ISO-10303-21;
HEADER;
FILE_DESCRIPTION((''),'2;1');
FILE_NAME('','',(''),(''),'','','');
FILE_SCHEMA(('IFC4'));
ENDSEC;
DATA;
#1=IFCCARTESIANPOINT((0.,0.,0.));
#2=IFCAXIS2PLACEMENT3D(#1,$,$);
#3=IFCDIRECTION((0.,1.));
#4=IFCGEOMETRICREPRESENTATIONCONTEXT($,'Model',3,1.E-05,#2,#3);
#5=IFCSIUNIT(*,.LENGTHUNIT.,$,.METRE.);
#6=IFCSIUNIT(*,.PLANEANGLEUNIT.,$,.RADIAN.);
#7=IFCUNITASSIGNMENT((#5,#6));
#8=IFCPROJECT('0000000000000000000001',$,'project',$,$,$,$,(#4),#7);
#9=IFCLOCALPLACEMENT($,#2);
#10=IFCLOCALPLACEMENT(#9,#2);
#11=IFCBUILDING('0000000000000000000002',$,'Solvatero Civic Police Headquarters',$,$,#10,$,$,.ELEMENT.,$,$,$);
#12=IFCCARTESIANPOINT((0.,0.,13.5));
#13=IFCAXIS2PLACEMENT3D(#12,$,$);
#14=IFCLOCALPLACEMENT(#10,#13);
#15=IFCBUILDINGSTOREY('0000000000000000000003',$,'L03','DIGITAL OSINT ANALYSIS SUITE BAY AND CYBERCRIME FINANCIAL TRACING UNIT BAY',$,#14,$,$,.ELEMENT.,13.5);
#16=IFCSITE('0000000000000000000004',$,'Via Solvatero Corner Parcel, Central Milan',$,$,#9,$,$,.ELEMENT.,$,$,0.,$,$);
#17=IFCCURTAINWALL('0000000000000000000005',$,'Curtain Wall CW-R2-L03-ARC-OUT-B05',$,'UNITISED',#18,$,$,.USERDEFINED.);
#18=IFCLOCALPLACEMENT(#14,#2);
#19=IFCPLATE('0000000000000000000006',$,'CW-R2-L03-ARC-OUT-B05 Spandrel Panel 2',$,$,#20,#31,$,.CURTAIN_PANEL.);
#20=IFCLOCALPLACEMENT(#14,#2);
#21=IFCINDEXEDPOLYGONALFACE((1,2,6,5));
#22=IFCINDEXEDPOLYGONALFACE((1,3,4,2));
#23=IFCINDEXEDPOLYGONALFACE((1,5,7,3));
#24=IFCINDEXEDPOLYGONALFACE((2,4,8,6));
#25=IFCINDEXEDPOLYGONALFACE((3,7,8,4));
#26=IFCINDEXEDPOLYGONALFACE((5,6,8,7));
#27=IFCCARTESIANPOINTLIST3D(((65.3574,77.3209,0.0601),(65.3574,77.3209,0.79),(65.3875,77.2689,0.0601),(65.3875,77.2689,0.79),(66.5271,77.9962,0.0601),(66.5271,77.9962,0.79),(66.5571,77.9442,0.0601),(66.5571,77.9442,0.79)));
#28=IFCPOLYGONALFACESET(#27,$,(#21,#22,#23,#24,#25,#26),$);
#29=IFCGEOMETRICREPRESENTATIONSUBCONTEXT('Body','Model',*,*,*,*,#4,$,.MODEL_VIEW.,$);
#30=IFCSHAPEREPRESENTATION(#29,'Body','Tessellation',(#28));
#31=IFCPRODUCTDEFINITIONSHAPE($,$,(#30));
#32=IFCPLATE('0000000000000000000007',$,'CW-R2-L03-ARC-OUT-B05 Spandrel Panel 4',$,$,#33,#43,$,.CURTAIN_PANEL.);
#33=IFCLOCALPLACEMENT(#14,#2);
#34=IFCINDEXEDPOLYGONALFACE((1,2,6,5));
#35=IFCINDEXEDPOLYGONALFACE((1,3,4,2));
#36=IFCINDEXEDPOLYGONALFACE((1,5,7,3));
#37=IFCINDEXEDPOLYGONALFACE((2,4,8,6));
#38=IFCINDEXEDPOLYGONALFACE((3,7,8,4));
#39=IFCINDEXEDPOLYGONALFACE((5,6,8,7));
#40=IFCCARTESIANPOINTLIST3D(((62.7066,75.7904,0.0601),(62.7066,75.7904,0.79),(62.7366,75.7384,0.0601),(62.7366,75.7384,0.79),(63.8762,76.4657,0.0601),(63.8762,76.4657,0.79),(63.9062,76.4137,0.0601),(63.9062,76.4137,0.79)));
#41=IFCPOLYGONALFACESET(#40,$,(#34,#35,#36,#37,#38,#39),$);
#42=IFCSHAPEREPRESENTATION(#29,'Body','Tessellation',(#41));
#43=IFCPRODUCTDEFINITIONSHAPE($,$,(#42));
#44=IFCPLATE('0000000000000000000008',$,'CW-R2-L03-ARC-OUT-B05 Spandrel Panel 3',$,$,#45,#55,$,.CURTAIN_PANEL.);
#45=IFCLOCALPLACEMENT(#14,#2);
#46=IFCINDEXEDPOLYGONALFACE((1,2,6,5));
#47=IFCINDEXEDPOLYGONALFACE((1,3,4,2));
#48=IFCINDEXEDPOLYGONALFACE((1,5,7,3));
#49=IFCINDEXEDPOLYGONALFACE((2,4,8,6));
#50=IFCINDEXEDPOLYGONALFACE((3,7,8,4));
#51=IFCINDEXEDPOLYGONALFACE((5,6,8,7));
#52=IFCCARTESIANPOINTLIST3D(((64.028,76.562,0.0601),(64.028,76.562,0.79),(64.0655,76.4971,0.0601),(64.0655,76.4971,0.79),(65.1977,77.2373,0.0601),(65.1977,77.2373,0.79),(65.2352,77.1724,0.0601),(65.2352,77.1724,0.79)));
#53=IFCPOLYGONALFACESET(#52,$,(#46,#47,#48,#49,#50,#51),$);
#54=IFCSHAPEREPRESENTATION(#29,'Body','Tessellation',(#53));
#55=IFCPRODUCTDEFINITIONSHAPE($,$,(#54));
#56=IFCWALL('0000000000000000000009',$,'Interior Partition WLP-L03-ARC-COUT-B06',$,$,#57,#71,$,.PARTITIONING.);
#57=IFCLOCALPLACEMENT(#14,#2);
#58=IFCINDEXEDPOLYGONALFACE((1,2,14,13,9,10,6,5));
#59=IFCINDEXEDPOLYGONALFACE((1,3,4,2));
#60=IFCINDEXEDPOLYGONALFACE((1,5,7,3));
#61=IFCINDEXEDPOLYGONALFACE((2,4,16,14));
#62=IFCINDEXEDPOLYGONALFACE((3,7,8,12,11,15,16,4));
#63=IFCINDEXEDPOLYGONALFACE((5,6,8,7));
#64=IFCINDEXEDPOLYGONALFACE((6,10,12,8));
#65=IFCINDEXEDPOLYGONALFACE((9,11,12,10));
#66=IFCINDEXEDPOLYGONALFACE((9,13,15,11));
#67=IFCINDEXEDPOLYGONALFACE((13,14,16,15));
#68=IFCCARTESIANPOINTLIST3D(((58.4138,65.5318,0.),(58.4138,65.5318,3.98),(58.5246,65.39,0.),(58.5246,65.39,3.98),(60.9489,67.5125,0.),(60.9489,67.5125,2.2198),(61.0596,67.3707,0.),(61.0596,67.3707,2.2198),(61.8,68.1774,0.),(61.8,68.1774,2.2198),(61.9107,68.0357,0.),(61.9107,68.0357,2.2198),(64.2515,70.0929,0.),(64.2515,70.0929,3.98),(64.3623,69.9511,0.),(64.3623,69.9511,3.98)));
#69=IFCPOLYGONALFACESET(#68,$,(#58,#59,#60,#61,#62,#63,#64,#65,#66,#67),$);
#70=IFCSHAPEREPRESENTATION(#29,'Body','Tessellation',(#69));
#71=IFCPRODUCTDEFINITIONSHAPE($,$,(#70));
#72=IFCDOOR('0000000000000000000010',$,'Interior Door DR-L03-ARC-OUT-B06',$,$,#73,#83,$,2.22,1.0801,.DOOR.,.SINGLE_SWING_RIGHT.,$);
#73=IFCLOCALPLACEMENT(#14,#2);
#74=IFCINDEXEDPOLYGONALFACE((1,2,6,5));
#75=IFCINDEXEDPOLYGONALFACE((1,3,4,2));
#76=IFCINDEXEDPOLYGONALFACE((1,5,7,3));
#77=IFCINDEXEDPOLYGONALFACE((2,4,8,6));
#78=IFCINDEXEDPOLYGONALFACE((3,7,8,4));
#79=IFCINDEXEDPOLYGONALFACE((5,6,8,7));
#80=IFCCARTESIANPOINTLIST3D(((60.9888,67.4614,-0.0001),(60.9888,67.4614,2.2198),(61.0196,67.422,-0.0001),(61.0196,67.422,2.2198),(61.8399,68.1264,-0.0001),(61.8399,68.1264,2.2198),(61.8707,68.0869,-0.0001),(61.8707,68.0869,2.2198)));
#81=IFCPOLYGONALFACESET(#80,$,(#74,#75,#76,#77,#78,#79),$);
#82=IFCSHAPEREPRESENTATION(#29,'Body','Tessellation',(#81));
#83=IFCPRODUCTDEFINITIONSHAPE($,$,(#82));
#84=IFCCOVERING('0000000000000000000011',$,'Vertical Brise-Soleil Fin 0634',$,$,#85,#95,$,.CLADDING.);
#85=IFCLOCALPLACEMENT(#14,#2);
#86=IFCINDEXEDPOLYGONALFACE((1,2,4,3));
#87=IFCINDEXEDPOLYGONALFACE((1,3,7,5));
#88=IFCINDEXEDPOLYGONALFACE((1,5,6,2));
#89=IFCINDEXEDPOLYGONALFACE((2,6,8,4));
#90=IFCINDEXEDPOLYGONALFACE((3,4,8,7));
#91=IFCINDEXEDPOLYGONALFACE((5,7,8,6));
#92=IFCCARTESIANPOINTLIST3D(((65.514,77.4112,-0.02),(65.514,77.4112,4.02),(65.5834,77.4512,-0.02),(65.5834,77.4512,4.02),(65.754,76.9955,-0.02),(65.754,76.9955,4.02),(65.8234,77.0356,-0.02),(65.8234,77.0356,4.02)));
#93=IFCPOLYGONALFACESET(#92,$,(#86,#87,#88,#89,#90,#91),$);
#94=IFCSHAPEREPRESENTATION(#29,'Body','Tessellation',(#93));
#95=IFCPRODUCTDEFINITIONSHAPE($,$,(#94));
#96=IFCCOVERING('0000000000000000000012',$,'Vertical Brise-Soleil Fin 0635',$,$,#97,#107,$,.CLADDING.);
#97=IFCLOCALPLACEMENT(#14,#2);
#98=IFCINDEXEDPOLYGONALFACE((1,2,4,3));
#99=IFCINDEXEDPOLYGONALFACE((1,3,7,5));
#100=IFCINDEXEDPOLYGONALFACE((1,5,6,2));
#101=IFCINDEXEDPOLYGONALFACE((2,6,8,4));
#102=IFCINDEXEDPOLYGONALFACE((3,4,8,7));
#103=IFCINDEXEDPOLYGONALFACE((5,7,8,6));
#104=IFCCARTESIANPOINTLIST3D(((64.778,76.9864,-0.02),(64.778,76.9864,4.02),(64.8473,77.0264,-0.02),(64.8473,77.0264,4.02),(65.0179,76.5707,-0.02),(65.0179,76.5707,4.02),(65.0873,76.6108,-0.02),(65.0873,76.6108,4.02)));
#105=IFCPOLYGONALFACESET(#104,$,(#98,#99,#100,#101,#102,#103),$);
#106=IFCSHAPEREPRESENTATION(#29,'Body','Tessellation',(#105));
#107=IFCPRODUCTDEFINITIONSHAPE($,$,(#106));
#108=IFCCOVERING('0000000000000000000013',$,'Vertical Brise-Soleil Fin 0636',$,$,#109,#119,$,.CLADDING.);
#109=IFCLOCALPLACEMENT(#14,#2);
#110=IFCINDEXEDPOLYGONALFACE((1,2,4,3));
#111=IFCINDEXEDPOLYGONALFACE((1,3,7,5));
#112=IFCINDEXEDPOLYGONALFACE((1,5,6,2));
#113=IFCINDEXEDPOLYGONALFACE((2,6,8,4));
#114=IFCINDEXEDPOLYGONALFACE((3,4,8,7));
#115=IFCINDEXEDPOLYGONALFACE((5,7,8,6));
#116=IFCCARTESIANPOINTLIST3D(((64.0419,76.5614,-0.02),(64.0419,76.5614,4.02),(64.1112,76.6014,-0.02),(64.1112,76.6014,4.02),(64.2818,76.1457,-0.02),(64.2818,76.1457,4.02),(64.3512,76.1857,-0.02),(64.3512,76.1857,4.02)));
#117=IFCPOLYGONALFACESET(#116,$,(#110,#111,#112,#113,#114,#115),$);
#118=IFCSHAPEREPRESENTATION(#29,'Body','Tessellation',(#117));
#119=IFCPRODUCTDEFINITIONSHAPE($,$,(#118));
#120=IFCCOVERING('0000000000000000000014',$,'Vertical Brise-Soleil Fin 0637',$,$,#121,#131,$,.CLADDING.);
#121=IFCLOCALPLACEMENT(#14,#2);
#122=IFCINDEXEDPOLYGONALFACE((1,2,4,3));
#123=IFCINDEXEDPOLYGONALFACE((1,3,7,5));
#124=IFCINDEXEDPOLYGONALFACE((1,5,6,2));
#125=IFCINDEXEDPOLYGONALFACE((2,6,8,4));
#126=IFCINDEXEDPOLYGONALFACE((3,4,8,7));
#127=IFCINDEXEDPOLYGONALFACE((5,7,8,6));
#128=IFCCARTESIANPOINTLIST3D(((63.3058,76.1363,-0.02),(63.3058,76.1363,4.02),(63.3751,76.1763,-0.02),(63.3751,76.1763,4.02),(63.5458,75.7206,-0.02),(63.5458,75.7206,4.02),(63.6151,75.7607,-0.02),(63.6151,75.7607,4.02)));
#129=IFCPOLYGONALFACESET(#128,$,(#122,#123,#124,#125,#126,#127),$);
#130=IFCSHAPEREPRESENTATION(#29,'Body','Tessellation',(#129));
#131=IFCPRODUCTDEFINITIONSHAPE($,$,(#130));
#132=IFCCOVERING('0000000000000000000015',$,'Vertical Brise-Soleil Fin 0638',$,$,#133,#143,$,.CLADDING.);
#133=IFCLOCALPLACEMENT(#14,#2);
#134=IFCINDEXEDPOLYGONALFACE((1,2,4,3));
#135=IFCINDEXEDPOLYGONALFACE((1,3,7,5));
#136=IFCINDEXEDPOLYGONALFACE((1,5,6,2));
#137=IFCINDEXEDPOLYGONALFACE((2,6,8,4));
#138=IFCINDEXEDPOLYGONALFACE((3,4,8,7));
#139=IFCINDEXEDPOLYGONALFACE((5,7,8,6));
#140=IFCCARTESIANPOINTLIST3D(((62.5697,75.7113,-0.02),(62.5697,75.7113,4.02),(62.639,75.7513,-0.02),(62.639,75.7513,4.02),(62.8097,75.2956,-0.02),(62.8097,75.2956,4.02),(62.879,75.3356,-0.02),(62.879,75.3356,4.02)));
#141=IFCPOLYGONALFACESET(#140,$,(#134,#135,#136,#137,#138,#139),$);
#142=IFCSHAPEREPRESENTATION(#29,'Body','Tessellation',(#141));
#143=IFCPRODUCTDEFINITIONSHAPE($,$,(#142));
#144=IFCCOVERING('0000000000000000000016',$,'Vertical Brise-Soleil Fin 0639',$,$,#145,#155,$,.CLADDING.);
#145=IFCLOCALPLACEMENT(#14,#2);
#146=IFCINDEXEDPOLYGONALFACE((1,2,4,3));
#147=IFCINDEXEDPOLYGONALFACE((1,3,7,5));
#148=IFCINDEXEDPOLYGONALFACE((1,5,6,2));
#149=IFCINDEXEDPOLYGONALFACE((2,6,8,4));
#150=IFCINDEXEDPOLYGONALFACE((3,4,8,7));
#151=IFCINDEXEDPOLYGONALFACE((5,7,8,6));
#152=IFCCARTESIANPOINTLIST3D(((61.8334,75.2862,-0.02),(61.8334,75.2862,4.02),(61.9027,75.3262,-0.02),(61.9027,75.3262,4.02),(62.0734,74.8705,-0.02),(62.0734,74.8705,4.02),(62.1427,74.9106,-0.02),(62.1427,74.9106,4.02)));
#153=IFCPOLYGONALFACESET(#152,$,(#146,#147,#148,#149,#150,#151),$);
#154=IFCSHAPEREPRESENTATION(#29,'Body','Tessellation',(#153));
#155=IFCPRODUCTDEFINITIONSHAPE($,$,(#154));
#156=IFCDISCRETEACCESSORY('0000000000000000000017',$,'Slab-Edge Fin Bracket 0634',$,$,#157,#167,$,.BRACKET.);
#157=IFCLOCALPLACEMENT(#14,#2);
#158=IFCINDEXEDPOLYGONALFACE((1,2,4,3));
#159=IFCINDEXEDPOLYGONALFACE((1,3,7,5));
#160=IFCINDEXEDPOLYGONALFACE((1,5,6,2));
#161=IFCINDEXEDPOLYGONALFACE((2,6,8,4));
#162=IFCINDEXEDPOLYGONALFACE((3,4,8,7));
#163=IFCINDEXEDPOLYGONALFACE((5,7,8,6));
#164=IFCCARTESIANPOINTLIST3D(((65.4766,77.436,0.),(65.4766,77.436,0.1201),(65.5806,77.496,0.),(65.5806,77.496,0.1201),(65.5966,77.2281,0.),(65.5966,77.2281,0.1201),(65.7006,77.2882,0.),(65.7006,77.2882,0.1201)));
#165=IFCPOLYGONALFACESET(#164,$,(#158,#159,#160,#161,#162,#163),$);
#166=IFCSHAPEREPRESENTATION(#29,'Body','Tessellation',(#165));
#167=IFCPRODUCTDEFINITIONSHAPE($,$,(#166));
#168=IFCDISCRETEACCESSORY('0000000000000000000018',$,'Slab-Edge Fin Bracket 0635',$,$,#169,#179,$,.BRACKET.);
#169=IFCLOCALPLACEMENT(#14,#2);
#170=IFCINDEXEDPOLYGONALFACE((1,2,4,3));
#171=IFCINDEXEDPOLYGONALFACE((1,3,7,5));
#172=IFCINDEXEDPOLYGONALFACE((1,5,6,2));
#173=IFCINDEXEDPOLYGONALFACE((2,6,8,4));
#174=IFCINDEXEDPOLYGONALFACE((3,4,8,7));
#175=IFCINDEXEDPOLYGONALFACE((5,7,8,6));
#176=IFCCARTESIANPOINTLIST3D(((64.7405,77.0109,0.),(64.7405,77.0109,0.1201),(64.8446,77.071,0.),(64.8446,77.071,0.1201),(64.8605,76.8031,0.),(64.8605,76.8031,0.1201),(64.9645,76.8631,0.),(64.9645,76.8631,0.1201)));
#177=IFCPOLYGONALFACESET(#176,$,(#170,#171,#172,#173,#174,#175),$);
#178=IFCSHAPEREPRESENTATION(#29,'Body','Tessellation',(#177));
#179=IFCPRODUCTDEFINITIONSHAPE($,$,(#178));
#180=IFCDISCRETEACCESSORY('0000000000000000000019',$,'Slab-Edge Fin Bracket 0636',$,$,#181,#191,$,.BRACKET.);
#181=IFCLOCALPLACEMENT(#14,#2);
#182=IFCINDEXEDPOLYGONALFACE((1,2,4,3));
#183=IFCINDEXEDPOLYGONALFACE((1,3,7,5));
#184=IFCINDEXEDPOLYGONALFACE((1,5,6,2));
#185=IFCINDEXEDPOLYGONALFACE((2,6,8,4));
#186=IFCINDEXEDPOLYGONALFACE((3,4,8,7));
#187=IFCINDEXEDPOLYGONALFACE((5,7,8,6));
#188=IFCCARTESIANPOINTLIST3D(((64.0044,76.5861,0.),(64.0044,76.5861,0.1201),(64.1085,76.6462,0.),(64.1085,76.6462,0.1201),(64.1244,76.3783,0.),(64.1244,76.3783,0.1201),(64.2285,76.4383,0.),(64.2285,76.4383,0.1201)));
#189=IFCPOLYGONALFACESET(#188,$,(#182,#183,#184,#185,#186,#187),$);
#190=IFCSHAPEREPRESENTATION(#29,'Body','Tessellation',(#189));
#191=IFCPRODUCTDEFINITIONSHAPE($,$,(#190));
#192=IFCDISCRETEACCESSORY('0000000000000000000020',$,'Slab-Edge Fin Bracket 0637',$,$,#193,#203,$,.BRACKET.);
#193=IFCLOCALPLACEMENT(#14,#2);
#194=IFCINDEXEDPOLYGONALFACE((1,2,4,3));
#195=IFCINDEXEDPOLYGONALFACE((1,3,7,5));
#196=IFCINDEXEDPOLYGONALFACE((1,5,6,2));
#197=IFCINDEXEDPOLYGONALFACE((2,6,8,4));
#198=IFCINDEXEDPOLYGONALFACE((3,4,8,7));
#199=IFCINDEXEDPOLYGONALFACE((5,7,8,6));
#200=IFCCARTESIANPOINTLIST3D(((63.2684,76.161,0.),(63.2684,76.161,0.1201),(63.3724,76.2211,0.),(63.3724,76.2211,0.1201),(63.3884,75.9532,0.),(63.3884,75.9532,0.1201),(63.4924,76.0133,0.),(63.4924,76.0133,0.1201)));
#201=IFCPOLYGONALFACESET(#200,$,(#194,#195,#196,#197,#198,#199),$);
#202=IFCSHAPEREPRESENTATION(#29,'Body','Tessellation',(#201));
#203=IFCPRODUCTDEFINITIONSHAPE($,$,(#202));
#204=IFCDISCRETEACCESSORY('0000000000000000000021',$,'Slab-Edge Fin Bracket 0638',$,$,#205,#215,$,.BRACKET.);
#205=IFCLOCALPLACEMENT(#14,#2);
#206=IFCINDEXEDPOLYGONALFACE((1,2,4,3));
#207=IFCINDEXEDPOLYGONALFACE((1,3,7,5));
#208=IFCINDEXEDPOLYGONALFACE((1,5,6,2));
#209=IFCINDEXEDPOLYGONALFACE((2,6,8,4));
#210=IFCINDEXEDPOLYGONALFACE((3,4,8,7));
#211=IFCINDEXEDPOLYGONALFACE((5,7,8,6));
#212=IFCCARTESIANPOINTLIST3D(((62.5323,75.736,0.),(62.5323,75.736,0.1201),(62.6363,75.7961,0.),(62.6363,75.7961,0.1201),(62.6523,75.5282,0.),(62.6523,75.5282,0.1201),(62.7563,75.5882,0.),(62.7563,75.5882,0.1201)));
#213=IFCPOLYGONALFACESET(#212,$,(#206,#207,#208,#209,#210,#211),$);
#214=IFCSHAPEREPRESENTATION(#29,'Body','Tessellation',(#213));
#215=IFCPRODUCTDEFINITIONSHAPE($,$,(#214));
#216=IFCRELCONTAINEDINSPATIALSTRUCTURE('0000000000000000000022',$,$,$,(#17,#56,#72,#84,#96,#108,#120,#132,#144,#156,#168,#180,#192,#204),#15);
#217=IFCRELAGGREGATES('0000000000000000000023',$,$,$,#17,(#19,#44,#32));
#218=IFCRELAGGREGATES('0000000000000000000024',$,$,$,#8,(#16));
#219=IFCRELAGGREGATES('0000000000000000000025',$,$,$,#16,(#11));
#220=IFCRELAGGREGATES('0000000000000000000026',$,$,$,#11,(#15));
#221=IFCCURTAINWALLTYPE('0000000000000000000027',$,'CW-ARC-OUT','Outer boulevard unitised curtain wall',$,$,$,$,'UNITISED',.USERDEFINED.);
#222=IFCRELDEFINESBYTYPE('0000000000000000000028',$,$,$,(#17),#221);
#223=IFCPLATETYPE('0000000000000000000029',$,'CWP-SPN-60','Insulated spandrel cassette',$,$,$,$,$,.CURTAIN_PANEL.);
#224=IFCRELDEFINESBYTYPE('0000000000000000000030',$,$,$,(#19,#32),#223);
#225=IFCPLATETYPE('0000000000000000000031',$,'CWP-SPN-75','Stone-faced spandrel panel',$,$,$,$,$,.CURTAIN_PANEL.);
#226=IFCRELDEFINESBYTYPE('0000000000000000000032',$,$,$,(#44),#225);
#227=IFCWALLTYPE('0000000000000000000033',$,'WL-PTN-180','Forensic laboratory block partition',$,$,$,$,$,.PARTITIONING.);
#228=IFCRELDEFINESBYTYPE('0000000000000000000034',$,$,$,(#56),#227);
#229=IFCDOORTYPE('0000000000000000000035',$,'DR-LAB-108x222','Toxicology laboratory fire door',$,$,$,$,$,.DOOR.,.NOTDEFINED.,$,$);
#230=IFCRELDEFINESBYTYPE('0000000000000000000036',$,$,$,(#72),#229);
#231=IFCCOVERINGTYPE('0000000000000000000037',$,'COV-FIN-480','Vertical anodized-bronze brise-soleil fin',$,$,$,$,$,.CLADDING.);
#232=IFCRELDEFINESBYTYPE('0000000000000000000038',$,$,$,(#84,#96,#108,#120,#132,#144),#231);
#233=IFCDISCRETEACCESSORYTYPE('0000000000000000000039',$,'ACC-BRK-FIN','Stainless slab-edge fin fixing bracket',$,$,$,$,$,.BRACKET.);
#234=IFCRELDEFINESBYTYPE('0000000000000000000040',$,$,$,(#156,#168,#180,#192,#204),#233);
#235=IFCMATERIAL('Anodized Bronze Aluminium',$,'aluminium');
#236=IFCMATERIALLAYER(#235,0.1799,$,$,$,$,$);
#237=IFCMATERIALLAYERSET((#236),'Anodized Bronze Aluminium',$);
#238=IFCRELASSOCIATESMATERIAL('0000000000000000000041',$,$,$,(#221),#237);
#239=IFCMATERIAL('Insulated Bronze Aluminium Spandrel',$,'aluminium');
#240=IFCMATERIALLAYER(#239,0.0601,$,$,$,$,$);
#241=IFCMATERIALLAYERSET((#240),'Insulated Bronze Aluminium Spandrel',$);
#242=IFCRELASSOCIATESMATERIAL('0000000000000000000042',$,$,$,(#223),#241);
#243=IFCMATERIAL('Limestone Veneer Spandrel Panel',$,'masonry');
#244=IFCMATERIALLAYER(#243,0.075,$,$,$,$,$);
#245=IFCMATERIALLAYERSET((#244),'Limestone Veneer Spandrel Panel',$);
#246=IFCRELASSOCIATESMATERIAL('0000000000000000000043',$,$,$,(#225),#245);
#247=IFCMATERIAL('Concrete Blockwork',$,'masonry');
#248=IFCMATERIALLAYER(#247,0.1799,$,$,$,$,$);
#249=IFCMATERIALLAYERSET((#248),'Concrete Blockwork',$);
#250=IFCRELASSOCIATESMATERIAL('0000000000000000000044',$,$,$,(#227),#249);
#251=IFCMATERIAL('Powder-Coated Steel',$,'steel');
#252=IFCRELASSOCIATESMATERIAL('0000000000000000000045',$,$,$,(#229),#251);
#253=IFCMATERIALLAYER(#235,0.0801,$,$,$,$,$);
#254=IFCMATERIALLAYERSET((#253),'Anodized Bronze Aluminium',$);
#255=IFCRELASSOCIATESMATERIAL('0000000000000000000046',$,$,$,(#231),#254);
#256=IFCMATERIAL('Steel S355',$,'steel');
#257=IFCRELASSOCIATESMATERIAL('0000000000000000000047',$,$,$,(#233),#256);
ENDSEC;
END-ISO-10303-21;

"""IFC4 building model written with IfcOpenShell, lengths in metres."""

from ifc_helpers import new_model, si_unit, direction, frame, frame_2d, origin, origin_2d, place, context, subcontext, project, spatial, rectangle, extrude, material, layer, layer_set, type_object, element, fill, aggregate, save


model = new_model("IFC4")

# Units and contexts
model_context = context("Model", 3, precision=1e-05, world=origin(), true_north=direction((0.0, 1.0)))
body_context = subcontext(model_context, "Body", "Model", "MODEL_VIEW")
ifc_project = project(units=[si_unit("LENGTHUNIT", "METRE"), si_unit("PLANEANGLEUNIT", "RADIAN")], contexts=[model_context])

# Site, building, storey
site_placement = place(None, origin())
site = spatial("IfcSite", under=ifc_project, at=site_placement, Name="Via Solvatero Corner Parcel, Central Milan", CompositionType="ELEMENT", RefElevation=0.0)
building_placement = place(site_placement, origin())
building = spatial("IfcBuilding", under=site, at=building_placement, Name="Solvatero Civic Police Headquarters", CompositionType="ELEMENT")
storey_placement = place(building_placement, frame((0.0, 0.0, 13.5)))
storey = spatial("IfcBuildingStorey", under=building, at=storey_placement, Name="L03", Description="DIGITAL OSINT ANALYSIS SUITE BAY AND CYBERCRIME FINANCIAL TRACING UNIT BAY", CompositionType="ELEMENT", Elevation=13.5)

# Shared definitions
ifc_material_1 = material(Name="Steel S355", Category="steel")

# Curtain wall, plates
ifc_material_2 = material(Name="Anodized Bronze Aluminium", Category="aluminium")
ifc_layer_1 = layer(ifc_material_2, 0.1799)
ifc_layer_set_1 = layer_set([ifc_layer_1], Name="Anodized Bronze Aluminium")
curtain_wall_type = type_object("IfcCurtainWallType", Name="CW-ARC-OUT", Description="Outer boulevard unitised curtain wall", ElementType="UNITISED", PredefinedType="USERDEFINED", material=ifc_layer_set_1)
curtain_wall_placement = place(storey_placement, origin())
curtain_wall = element("IfcCurtainWall", 1, at=curtain_wall_placement, inside=storey, type_object=curtain_wall_type, Name="Curtain Wall CW-R2-L03-ARC-OUT-B05", ObjectType="UNITISED", PredefinedType="USERDEFINED")
ifc_material_3 = material(Name="Insulated Bronze Aluminium Spandrel", Category="aluminium")
ifc_layer_2 = layer(ifc_material_3, 0.0601)
ifc_layer_set_2 = layer_set([ifc_layer_2], Name="Insulated Bronze Aluminium Spandrel")
plate_type_1 = type_object("IfcPlateType", Name="CWP-SPN-60", Description="Insulated spandrel cassette", PredefinedType="CURTAIN_PANEL", material=ifc_layer_set_2)
plate_1_placement = place(storey_placement, frame((65.9573, 77.6326, 0.0601), z_axis=(0.0, 0.0, 1.0), x_axis=(-0.866034, -0.499985, 0.0)))
plate_1 = element("IfcPlate", 2, at=plate_1_placement, type_object=plate_type_1, Name="CW-R2-L03-ARC-OUT-B05 Spandrel Panel 2", PredefinedType="CURTAIN_PANEL", context=body_context, shape_type="SweptSolid", body=[
    extrude(rectangle(XDim=1.3506, YDim=0.0601, at=origin_2d()), origin(), (0.0, 0.0, 1.0), 0.73),
])
plate_2_placement = place(storey_placement, frame((63.3064, 76.1021, 0.0601), z_axis=(0.0, 0.0, 1.0), x_axis=(-0.866034, -0.499985, 0.0)))
plate_2 = element("IfcPlate", 3, at=plate_2_placement, type_object=plate_type_1, Name="CW-R2-L03-ARC-OUT-B05 Spandrel Panel 4", PredefinedType="CURTAIN_PANEL", context=body_context, shape_type="SweptSolid", body=[
    extrude(rectangle(XDim=1.3506, YDim=0.0601, at=origin_2d()), origin(), (0.0, 0.0, 1.0), 0.73),
])
ifc_material_4 = material(Name="Limestone Veneer Spandrel Panel", Category="masonry")
ifc_layer_3 = layer(ifc_material_4, 0.075)
ifc_layer_set_3 = layer_set([ifc_layer_3], Name="Limestone Veneer Spandrel Panel")
plate_type_2 = type_object("IfcPlateType", Name="CWP-SPN-75", Description="Stone-faced spandrel panel", PredefinedType="CURTAIN_PANEL", material=ifc_layer_set_3)
plate_3_placement = place(storey_placement, frame((64.6316, 76.8672, 0.0601), z_axis=(0.0, 0.0, 1.0), x_axis=(-0.866034, -0.499985, 0.0)))
plate_3 = element("IfcPlate", 4, at=plate_3_placement, type_object=plate_type_2, Name="CW-R2-L03-ARC-OUT-B05 Spandrel Panel 3", PredefinedType="CURTAIN_PANEL", context=body_context, shape_type="SweptSolid", body=[
    extrude(rectangle(XDim=1.3506, YDim=0.075, at=origin_2d()), origin(), (0.0, 0.0, 1.0), 0.73),
])
aggregate(curtain_wall, [plate_1, plate_3, plate_2])

# Wall, opening, door
ifc_material_5 = material(Name="Concrete Blockwork", Category="masonry")
ifc_layer_4 = layer(ifc_material_5, 0.1799)
ifc_layer_set_4 = layer_set([ifc_layer_4], Name="Concrete Blockwork")
wall_type = type_object("IfcWallType", Name="WL-PTN-180", Description="Forensic laboratory block partition", PredefinedType="PARTITIONING", material=ifc_layer_set_4)
wall_placement = place(storey_placement, frame((64.3069, 70.022, 0.0), z_axis=(0.0, 0.0, 1.0), x_axis=(-0.788, -0.615675, 0.0)))
wall = element("IfcWall", 5, at=wall_placement, inside=storey, type_object=wall_type, Name="Interior Partition WLP-L03-ARC-COUT-B06", PredefinedType="PARTITIONING", context=body_context, shape_type="SweptSolid", body=[
    extrude(rectangle(XDim=7.4082, YDim=0.1799, at=frame_2d((3.7041, 0.0))), origin(), (0.0, 0.0, 1.0), 3.98),
])
opening_placement = place(wall_placement, frame((3.1111, 0.0, 0.0)))
opening = element("IfcOpeningElement", 6, at=opening_placement, cuts=wall, PredefinedType="OPENING", context=body_context, shape_type="SweptSolid", body=[
    extrude(rectangle(XDim=1.0801, YDim=2.22, at=frame_2d((0.54, 1.1099))), frame((0.0, 0.0999, 0.0), z_axis=(0.0, -1.0, 0.0), x_axis=(1.0, 0.0, 0.0)), (0.0, 0.0, 1.0), 0.2),
])
ifc_material_6 = material(Name="Powder-Coated Steel", Category="steel")
door_type = type_object("IfcDoorType", Name="DR-LAB-108x222", Description="Toxicology laboratory fire door", OperationType="NOTDEFINED", PredefinedType="DOOR", material=ifc_material_6)
door_placement = place(opening_placement, origin())
door = element("IfcDoor", 7, at=door_placement, inside=storey, type_object=door_type, Name="Interior Door DR-L03-ARC-OUT-B06", OperationType="SINGLE_SWING_RIGHT", OverallHeight=2.22, OverallWidth=1.0801, PredefinedType="DOOR", context=body_context, shape_type="SweptSolid", body=[
    extrude(rectangle(XDim=1.0801, YDim=2.22, at=frame_2d((0.54, 1.1099))), frame((0.0, 0.0249, 0.0), z_axis=(0.0, -1.0, 0.0), x_axis=(1.0, 0.0, 0.0)), (0.0, 0.0, 1.0), 0.05),
])
fill(opening, door)

# Coverings
ifc_layer_5 = layer(ifc_material_2, 0.0801)
ifc_layer_set_5 = layer_set([ifc_layer_5], Name="Anodized Bronze Aluminium")
covering_type = type_object("IfcCoveringType", Name="COV-FIN-480", Description="Vertical anodized-bronze brise-soleil fin", PredefinedType="CLADDING", material=ifc_layer_set_5)
for number, where, z_axis, x_axis, name in (
    (8, (65.6687, 77.2234, -0.02), (0.0, 0.0, 1.0), (-0.866034, -0.499985, 0.0), "Vertical Brise-Soleil Fin 0634"),
    (9, (64.9326, 76.7986, -0.02), (0.0, 0.0, 1.0), (-0.866034, -0.499985, 0.0), "Vertical Brise-Soleil Fin 0635"),
    (10, (64.1965, 76.3735, -0.02), (0.0, 0.0, 1.0), (-0.866034, -0.499985, 0.0), "Vertical Brise-Soleil Fin 0636"),
    (11, (63.4604, 75.9485, -0.02), (0.0, 0.0, 1.0), (-0.866034, -0.499985, 0.0), "Vertical Brise-Soleil Fin 0637"),
    (12, (62.7244, 75.5234, -0.02), (0.0, 0.0, 1.0), (-0.866034, -0.499985, 0.0), "Vertical Brise-Soleil Fin 0638"),
    (13, (61.988, 75.0984, -0.02), (0.0, 0.0, 1.0), (-0.866034, -0.499985, 0.0), "Vertical Brise-Soleil Fin 0639"),
):
    element("IfcCovering", number, at=place(storey_placement, frame(where, z_axis=z_axis, x_axis=x_axis)), inside=storey, type_object=covering_type, Name=name, PredefinedType="CLADDING", context=body_context, shape_type="SweptSolid", body=[
        extrude(rectangle(XDim=0.0801, YDim=0.48, at=origin_2d()), origin(), (0.0, 0.0, 1.0), 4.04),
    ])

# Discrete accessories
discrete_accessory_type = type_object("IfcDiscreteAccessoryType", Name="ACC-BRK-FIN", Description="Stainless slab-edge fin fixing bracket", PredefinedType="BRACKET", material=ifc_material_1)
for number, where, z_axis, x_axis, name in (
    (14, (65.5886, 77.3621, 0.0), (0.0, 0.0, 1.0), (-0.866034, -0.499985, 0.0), "Slab-Edge Fin Bracket 0634"),
    (15, (64.8525, 76.937, 0.0), (0.0, 0.0, 1.0), (-0.866034, -0.499985, 0.0), "Slab-Edge Fin Bracket 0635"),
    (16, (64.1165, 76.5122, 0.0), (0.0, 0.0, 1.0), (-0.866034, -0.499985, 0.0), "Slab-Edge Fin Bracket 0636"),
    (17, (63.3804, 76.0872, 0.0), (0.0, 0.0, 1.0), (-0.866034, -0.499985, 0.0), "Slab-Edge Fin Bracket 0637"),
    (18, (62.6443, 75.6621, 0.0), (0.0, 0.0, 1.0), (-0.866034, -0.499985, 0.0), "Slab-Edge Fin Bracket 0638"),
):
    element("IfcDiscreteAccessory", number, at=place(storey_placement, frame(where, z_axis=z_axis, x_axis=x_axis)), inside=storey, type_object=discrete_accessory_type, Name=name, PredefinedType="BRACKET", context=body_context, shape_type="SweptSolid", body=[
        extrude(rectangle(XDim=0.1201, YDim=0.24, at=origin_2d()), origin(), (0.0, 0.0, 1.0), 0.1201),
    ])

save(model, "model.ifc")
